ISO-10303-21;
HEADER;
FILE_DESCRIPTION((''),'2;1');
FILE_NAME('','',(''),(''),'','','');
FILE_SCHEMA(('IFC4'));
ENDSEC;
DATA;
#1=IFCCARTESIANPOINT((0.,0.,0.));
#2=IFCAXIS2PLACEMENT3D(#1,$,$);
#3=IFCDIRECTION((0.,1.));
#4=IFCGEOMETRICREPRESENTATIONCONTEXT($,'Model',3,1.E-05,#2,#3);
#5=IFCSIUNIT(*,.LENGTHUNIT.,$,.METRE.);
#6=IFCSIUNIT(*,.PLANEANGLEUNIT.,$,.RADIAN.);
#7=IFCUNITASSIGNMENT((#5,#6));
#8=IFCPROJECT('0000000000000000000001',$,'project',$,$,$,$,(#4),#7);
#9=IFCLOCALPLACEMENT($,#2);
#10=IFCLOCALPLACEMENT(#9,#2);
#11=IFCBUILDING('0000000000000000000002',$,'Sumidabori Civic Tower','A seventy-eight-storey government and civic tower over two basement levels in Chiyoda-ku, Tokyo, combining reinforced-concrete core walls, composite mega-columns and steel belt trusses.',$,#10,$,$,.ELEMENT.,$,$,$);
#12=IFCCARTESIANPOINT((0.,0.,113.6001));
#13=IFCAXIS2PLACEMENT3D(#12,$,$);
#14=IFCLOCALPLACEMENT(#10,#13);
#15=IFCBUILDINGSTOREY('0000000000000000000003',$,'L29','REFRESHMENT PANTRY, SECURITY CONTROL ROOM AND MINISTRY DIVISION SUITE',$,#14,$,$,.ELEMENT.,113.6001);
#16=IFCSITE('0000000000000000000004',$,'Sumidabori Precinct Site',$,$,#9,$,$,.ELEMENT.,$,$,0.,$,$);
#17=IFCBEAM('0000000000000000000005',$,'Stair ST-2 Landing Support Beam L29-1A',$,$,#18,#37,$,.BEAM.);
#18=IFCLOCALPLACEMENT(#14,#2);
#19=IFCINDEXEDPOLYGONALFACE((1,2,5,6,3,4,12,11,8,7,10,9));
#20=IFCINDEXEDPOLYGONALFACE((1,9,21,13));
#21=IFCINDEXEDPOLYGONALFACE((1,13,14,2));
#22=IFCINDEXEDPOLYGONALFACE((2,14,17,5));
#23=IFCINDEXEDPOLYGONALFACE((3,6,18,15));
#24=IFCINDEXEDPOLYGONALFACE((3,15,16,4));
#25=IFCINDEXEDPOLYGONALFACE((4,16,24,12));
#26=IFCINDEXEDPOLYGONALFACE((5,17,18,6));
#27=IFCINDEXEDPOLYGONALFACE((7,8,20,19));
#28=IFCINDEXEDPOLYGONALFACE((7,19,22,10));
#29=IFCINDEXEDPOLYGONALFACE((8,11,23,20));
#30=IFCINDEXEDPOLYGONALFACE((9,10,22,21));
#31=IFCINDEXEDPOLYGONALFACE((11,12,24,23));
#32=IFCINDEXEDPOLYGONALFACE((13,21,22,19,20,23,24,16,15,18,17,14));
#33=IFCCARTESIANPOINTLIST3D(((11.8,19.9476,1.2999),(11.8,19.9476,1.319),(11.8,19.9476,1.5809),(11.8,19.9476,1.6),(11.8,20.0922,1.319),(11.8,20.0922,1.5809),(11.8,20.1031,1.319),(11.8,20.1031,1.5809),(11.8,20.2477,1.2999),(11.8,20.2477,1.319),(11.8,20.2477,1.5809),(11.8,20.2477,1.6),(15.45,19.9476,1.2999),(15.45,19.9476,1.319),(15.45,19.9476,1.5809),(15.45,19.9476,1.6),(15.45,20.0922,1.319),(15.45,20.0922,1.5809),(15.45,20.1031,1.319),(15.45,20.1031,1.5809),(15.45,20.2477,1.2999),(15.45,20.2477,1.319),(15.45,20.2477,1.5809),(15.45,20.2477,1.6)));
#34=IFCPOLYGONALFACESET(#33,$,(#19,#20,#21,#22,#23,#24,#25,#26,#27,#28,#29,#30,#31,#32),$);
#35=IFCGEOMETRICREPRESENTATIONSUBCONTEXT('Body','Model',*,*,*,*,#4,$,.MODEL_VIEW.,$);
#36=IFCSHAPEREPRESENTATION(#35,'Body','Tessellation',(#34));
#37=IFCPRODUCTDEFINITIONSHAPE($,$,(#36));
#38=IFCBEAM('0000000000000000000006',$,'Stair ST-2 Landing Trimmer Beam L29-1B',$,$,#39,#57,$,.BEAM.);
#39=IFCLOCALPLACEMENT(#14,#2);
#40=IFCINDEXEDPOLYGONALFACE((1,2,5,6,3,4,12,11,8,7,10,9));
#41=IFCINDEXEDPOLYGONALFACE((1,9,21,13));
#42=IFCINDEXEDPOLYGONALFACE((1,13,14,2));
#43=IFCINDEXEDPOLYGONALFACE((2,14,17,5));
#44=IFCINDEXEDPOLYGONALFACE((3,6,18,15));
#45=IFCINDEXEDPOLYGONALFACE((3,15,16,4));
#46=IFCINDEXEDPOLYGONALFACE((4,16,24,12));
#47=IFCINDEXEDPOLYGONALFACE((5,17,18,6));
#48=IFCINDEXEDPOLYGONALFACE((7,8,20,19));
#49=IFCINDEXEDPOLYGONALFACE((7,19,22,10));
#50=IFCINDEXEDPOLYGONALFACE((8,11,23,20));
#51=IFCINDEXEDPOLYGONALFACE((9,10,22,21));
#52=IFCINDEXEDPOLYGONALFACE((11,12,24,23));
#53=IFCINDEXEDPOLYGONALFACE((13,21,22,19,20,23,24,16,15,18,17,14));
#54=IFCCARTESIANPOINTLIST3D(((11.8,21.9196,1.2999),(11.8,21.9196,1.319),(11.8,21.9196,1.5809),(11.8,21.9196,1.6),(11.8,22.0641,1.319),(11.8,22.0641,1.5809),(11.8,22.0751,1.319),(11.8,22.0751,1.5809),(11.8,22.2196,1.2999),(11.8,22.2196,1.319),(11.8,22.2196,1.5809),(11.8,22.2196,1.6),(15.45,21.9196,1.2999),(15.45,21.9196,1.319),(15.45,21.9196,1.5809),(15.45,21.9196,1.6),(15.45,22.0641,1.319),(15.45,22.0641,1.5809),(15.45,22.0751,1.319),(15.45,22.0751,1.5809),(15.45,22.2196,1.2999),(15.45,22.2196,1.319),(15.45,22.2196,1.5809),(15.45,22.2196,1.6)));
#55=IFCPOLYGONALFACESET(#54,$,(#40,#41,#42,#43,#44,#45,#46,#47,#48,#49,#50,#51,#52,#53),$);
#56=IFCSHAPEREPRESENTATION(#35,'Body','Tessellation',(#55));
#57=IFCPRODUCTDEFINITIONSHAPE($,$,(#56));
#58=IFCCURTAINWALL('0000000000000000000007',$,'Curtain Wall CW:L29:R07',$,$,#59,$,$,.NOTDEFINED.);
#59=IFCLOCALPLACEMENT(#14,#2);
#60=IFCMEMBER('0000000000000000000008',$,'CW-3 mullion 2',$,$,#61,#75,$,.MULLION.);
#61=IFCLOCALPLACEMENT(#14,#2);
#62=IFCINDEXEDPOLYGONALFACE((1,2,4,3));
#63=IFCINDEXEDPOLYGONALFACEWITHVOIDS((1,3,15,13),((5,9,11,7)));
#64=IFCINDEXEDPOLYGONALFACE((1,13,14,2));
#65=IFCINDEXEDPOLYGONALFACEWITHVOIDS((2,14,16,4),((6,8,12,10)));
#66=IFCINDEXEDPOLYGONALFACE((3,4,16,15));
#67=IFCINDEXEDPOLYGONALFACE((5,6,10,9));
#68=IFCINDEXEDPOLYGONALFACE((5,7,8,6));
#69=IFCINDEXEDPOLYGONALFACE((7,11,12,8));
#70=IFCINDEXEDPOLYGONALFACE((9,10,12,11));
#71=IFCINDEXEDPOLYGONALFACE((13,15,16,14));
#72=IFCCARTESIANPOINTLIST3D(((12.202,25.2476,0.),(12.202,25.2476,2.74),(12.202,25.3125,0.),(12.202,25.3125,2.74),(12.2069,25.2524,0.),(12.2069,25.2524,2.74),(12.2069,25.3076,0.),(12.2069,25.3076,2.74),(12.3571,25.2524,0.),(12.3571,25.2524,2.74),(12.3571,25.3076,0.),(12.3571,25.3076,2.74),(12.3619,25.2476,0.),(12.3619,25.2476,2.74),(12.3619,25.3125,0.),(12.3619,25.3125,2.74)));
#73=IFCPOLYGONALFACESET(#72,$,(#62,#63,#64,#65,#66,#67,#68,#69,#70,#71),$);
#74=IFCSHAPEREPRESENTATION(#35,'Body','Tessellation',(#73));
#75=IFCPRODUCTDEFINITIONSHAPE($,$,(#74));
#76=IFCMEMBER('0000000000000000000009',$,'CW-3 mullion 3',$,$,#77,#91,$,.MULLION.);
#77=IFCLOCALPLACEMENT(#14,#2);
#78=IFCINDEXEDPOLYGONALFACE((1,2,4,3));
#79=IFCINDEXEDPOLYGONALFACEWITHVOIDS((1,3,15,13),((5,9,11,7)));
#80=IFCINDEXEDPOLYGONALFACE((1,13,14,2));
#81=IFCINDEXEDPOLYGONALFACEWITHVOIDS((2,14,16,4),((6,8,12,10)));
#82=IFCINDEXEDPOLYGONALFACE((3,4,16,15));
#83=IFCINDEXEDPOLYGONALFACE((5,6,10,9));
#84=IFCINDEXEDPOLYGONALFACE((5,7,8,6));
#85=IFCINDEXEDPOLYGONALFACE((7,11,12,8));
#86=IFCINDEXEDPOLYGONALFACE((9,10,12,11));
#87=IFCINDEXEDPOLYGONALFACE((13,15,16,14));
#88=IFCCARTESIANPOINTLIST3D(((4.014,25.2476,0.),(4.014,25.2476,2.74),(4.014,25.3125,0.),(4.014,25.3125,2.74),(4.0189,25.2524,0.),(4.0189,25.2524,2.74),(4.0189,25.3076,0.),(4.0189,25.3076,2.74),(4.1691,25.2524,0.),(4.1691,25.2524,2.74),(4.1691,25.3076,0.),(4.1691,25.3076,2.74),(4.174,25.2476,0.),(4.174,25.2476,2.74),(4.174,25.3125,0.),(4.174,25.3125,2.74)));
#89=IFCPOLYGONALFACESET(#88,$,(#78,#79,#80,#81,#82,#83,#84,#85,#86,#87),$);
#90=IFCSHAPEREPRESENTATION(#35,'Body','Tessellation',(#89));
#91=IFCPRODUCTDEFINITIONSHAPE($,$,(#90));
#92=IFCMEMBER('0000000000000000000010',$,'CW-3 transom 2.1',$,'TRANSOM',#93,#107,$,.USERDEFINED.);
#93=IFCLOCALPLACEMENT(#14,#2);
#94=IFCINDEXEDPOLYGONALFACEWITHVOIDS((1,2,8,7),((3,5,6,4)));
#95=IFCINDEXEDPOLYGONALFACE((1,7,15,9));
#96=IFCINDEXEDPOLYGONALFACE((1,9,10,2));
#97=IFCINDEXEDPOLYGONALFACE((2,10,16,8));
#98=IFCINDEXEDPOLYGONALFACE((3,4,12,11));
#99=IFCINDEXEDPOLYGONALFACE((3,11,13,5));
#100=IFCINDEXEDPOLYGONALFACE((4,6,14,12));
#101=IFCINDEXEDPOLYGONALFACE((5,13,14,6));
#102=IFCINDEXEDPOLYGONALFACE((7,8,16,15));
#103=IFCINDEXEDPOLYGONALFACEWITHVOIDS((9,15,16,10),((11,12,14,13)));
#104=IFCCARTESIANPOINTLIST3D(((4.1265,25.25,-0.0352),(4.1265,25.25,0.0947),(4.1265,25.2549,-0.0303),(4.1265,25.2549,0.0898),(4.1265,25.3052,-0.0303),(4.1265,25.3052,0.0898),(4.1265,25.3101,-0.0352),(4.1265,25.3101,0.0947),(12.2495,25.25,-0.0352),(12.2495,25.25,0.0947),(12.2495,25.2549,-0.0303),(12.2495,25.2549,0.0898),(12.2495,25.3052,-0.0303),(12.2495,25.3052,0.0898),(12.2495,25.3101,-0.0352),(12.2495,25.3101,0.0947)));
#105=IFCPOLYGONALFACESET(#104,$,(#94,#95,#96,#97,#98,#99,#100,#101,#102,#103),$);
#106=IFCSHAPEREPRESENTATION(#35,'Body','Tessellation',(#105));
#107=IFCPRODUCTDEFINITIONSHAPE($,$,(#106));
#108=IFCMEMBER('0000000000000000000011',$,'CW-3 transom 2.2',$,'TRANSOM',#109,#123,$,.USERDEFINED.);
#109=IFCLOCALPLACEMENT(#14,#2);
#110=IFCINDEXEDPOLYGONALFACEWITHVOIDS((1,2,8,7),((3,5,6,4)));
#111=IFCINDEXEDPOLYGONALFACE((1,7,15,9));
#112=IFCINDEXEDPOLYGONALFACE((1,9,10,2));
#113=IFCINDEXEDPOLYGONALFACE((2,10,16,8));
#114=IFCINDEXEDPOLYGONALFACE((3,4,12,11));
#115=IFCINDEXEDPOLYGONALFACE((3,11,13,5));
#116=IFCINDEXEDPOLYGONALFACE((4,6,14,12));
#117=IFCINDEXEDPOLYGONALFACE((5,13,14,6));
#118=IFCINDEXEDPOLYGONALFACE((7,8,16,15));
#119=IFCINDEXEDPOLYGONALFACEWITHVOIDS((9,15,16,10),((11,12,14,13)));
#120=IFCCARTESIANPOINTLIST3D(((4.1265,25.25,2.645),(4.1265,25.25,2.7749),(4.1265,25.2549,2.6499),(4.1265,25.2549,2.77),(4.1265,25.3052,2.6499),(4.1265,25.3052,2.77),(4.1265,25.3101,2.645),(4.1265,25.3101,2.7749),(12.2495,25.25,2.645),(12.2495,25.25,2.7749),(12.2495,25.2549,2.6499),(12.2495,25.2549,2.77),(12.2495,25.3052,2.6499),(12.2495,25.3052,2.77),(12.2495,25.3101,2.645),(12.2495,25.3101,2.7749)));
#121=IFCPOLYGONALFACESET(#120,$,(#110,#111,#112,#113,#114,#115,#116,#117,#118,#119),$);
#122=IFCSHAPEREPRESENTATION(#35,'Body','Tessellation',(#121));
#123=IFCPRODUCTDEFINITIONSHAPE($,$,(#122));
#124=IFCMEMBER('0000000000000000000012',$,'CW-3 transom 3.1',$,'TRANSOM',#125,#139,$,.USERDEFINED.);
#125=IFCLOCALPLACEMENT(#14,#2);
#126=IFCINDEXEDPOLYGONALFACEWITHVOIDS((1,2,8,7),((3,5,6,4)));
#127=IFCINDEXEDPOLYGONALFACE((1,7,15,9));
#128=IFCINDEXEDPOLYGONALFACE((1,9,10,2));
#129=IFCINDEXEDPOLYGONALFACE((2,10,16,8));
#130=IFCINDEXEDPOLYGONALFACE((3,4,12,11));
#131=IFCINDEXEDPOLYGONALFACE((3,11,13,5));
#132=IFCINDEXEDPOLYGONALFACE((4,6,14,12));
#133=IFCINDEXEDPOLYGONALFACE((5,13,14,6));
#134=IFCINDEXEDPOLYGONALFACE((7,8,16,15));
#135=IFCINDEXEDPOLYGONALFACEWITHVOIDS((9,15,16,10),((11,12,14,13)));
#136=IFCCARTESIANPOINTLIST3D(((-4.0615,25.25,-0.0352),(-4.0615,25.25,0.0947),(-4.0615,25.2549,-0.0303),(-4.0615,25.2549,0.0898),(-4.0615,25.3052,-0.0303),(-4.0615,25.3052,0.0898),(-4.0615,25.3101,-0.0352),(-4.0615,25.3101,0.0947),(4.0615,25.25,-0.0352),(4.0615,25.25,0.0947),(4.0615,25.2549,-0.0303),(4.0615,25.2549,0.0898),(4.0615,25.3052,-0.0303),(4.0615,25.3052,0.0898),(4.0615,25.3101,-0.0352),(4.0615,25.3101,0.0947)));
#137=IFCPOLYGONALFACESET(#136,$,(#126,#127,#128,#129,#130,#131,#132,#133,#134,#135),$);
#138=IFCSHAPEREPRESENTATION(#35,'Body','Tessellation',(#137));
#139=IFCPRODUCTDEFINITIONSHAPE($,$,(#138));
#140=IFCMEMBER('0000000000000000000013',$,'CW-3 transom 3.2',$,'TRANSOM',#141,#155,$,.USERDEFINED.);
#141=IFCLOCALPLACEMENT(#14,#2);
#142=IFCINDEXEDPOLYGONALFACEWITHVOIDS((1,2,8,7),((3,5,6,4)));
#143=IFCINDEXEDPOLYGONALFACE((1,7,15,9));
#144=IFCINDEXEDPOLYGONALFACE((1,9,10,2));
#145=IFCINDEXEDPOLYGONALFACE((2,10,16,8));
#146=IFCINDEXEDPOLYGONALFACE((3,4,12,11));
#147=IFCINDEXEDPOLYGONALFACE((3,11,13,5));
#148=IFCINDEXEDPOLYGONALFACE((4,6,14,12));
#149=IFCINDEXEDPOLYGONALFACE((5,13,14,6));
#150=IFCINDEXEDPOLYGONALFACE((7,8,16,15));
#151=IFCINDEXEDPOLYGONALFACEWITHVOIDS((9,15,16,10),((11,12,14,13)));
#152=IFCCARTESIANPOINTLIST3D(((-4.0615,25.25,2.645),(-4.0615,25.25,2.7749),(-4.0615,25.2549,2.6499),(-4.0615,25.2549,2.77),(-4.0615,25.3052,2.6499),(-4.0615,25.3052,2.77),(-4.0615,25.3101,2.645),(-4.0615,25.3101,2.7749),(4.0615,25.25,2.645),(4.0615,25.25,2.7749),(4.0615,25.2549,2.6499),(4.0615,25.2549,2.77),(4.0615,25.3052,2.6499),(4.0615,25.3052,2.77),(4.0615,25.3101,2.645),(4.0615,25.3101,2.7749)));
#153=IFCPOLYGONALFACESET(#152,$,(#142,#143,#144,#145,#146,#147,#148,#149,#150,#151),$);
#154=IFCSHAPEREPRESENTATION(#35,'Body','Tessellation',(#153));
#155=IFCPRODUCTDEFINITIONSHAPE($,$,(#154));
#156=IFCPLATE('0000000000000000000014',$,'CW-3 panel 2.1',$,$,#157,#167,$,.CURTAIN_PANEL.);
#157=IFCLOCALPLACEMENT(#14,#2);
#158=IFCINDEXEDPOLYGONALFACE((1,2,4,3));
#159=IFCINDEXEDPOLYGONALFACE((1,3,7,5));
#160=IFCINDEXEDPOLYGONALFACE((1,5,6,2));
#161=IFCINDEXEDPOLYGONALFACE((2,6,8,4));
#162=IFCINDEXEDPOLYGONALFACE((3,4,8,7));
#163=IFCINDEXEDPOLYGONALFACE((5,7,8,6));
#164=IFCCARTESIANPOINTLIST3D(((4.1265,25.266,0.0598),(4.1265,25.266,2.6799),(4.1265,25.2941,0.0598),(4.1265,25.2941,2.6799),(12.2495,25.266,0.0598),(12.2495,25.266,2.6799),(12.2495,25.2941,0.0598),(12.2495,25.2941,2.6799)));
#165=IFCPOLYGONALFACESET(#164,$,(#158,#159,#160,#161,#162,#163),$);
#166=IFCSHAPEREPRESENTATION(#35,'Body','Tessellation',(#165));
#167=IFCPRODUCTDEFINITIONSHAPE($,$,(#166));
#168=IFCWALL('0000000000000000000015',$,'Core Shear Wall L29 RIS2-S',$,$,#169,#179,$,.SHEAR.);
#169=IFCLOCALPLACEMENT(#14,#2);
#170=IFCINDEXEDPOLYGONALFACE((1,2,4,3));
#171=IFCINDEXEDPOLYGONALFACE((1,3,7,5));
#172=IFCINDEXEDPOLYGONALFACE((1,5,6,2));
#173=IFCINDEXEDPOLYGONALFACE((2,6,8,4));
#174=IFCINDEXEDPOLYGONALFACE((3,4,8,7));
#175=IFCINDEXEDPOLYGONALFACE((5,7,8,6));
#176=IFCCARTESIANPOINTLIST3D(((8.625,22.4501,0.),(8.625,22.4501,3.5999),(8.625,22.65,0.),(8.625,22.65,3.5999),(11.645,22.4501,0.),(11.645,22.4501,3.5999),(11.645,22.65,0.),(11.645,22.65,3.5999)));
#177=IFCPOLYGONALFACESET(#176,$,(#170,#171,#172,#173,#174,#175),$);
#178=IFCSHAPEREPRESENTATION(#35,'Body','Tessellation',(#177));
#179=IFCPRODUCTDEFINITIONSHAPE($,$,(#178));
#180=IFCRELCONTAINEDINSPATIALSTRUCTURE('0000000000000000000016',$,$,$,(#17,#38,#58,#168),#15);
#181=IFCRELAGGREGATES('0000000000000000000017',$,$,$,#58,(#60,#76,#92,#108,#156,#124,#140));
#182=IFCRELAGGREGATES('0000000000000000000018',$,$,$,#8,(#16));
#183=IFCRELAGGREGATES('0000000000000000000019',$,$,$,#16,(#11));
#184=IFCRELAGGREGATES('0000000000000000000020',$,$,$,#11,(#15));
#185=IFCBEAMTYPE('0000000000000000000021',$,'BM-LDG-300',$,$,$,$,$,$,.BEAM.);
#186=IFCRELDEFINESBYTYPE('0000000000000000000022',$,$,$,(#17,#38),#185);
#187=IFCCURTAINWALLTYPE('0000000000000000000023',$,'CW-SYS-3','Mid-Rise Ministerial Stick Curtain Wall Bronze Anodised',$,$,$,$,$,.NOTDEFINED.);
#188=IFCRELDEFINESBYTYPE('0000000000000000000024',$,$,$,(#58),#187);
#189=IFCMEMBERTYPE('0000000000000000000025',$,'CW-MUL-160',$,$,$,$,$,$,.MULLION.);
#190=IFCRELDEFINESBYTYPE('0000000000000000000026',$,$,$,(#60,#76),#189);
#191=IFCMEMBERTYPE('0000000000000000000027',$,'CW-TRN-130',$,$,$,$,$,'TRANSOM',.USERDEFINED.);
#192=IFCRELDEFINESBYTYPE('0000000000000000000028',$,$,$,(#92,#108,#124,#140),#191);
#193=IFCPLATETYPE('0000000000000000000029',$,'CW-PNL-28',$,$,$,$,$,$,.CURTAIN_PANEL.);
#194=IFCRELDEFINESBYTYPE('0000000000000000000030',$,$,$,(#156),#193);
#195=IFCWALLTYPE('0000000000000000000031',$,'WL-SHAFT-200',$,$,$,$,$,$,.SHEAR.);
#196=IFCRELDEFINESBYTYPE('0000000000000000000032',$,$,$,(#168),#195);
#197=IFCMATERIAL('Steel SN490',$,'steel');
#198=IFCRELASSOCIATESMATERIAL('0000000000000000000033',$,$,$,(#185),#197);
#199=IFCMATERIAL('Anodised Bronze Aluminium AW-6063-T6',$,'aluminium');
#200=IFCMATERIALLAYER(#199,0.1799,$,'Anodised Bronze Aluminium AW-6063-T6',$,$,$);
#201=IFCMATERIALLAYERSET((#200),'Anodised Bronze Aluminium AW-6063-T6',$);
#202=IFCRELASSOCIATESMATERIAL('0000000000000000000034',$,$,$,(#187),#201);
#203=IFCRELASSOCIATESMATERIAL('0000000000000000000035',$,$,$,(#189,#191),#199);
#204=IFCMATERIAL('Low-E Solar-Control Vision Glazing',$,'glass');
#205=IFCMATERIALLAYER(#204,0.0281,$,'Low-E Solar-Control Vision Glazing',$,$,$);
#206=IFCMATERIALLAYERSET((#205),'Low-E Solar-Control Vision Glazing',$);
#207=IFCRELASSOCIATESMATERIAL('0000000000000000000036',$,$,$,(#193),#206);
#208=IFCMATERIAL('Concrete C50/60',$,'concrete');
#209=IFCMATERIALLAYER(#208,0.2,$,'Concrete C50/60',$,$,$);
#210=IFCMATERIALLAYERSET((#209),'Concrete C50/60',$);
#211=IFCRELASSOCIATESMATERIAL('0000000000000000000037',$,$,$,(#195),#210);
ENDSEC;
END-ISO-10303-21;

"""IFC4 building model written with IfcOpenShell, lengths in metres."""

from ifc_helpers import new_model, si_unit, direction, frame, frame_2d, origin, origin_2d, place, context, subcontext, project, spatial, rectangle, hollow_rectangle, i_section, extrude, source, transform, mapped, material, layer, layer_set, material_profile, profile_set, type_object, element, aggregate, save


model = new_model("IFC4")

# Units and contexts
model_context = context("Model", 3, precision=1e-05, world=origin(), true_north=direction((0.0, 1.0)))
body_context = subcontext(model_context, "Body", "Model", "MODEL_VIEW")
ifc_project = project(units=[si_unit("LENGTHUNIT", "METRE"), si_unit("PLANEANGLEUNIT", "RADIAN")], contexts=[model_context])

# Site, building, storey
site_placement = place(None, origin())
site = spatial("IfcSite", under=ifc_project, at=site_placement, Name="Sumidabori Precinct Site", CompositionType="ELEMENT", RefElevation=0.0)
building_placement = place(site_placement, origin())
building = spatial("IfcBuilding", under=site, at=building_placement, Name="Sumidabori Civic Tower", Description="A seventy-eight-storey government and civic tower over two basement levels in Chiyoda-ku, Tokyo, combining reinforced-concrete core walls, composite mega-columns and steel belt trusses.", CompositionType="ELEMENT")
storey_placement = place(building_placement, frame((0.0, 0.0, 113.6001)))
storey = spatial("IfcBuildingStorey", under=building, at=storey_placement, Name="L29", Description="REFRESHMENT PANTRY, SECURITY CONTROL ROOM AND MINISTRY DIVISION SUITE", CompositionType="ELEMENT", Elevation=113.6001)

# Beams
ifc_material_1 = material(Name="Steel SN490", Category="steel")
ifc_material_profile_1 = material_profile(ifc_material_1, i_section(OverallWidth=0.3, OverallDepth=0.3, WebThickness=0.011, FlangeThickness=0.019, at=origin_2d()), Name="HE 300 B")
ifc_profile_set_1 = profile_set([ifc_material_profile_1], Name="Steel SN490")
beam_type = type_object("IfcBeamType", Name="BM-LDG-300", PredefinedType="BEAM", material=ifc_profile_set_1)
shared_shape_1 = source(origin(), body_context, "Body", "SweptSolid", [
    extrude(i_section(OverallWidth=0.3, OverallDepth=0.3, WebThickness=0.011, FlangeThickness=0.019, at=origin_2d()), origin(), (0.0, 0.0, 1.0), 3.6499),
])
for number, where, z_axis, x_axis, name in (
    (1, (11.8, 20.0977, 1.45), (1.0, 0.0, 0.0), (0.0, 1.0, 0.0), "Stair ST-2 Landing Support Beam L29-1A"),
    (2, (11.8, 22.0696, 1.45), (1.0, 0.0, 0.0), (0.0, 1.0, 0.0), "Stair ST-2 Landing Trimmer Beam L29-1B"),
):
    element("IfcBeam", number, at=place(storey_placement, frame(where, z_axis=z_axis, x_axis=x_axis)), inside=storey, type_object=beam_type, Name=name, PredefinedType="BEAM", context=body_context, shape_type="MappedRepresentation", body=[
        mapped(shared_shape_1, transform((0.0, 0.0, 0.0), x_axis=(1.0, 0.0, 0.0), y_axis=(0.0, 1.0, 0.0), z_axis=(0.0, 0.0, 1.0), scale=1.0)),
    ])

# Curtain wall, members, plate
ifc_material_2 = material(Name="Anodised Bronze Aluminium AW-6063-T6", Category="aluminium")
ifc_layer_1 = layer(ifc_material_2, 0.1799, Name="Anodised Bronze Aluminium AW-6063-T6")
ifc_layer_set_1 = layer_set([ifc_layer_1], Name="Anodised Bronze Aluminium AW-6063-T6")
curtain_wall_type = type_object("IfcCurtainWallType", Name="CW-SYS-3", Description="Mid-Rise Ministerial Stick Curtain Wall Bronze Anodised", PredefinedType="NOTDEFINED", material=ifc_layer_set_1)
curtain_wall_placement = place(storey_placement, origin())
curtain_wall = element("IfcCurtainWall", 3, at=curtain_wall_placement, inside=storey, type_object=curtain_wall_type, Name="Curtain Wall CW:L29:R07", PredefinedType="NOTDEFINED")
ifc_material_profile_2 = material_profile(ifc_material_2, hollow_rectangle(XDim=0.0649, YDim=0.1599, WallThickness=0.0049, at=origin_2d()), Name="ALU MULLION 160x65")
ifc_profile_set_2 = profile_set([ifc_material_profile_2], Name="Anodised Bronze Aluminium AW-6063-T6")
member_type_1 = type_object("IfcMemberType", Name="CW-MUL-160", PredefinedType="MULLION", material=ifc_profile_set_2)
shared_shape_2 = source(origin(), body_context, "Body", "SweptSolid", [
    extrude(hollow_rectangle(XDim=0.0649, YDim=0.1599, WallThickness=0.0049, at=origin_2d()), origin(), (0.0, 0.0, 1.0), 2.74),
])
member_1_placement = place(storey_placement, frame((12.282, 25.28, 0.0), z_axis=(0.0, 0.0, 1.0), x_axis=(0.0, -1.0, 0.0)))
member_1 = element("IfcMember", 4, at=member_1_placement, type_object=member_type_1, Name="CW-3 mullion 2", PredefinedType="MULLION", context=body_context, shape_type="MappedRepresentation", body=[
    mapped(shared_shape_2, transform((0.0, 0.0, 0.0), x_axis=(1.0, 0.0, 0.0), y_axis=(0.0, 1.0, 0.0), z_axis=(0.0, 0.0, 1.0), scale=1.0)),
])
member_2_placement = place(storey_placement, frame((4.094, 25.28, 0.0), z_axis=(0.0, 0.0, 1.0), x_axis=(0.0, -1.0, 0.0)))
member_2 = element("IfcMember", 5, at=member_2_placement, type_object=member_type_1, Name="CW-3 mullion 3", PredefinedType="MULLION", context=body_context, shape_type="MappedRepresentation", body=[
    mapped(shared_shape_2, transform((0.0, 0.0, 0.0), x_axis=(1.0, 0.0, 0.0), y_axis=(0.0, 1.0, 0.0), z_axis=(0.0, 0.0, 1.0), scale=1.0)),
])
ifc_material_profile_3 = material_profile(ifc_material_2, hollow_rectangle(XDim=0.0601, YDim=0.1299, WallThickness=0.0049, at=origin_2d()), Name="ALU TRANSOM 130x60")
ifc_profile_set_3 = profile_set([ifc_material_profile_3], Name="Anodised Bronze Aluminium AW-6063-T6")
member_type_2 = type_object("IfcMemberType", Name="CW-TRN-130", ElementType="TRANSOM", PredefinedType="USERDEFINED", material=ifc_profile_set_3)
shared_shape_3 = source(origin(), body_context, "Body", "SweptSolid", [
    extrude(hollow_rectangle(XDim=0.0601, YDim=0.1299, WallThickness=0.0049, at=origin_2d()), origin(), (0.0, 0.0, 1.0), 8.123),
])
member_3_placement = place(storey_placement, frame((12.2495, 25.28, 0.0298), z_axis=(-1.0, 0.0, 0.0), x_axis=(0.0, -1.0, 0.0)))
member_3 = element("IfcMember", 6, at=member_3_placement, type_object=member_type_2, Name="CW-3 transom 2.1", ObjectType="TRANSOM", PredefinedType="USERDEFINED", context=body_context, shape_type="MappedRepresentation", body=[
    mapped(shared_shape_3, transform((0.0, 0.0, 0.0), x_axis=(1.0, 0.0, 0.0), y_axis=(0.0, 1.0, 0.0), z_axis=(0.0, 0.0, 1.0), scale=1.0)),
])
member_4_placement = place(storey_placement, frame((12.2495, 25.28, 2.71), z_axis=(-1.0, 0.0, 0.0), x_axis=(0.0, -1.0, 0.0)))
member_4 = element("IfcMember", 7, at=member_4_placement, type_object=member_type_2, Name="CW-3 transom 2.2", ObjectType="TRANSOM", PredefinedType="USERDEFINED", context=body_context, shape_type="MappedRepresentation", body=[
    mapped(shared_shape_3, transform((0.0, 0.0, 0.0), x_axis=(1.0, 0.0, 0.0), y_axis=(0.0, 1.0, 0.0), z_axis=(0.0, 0.0, 1.0), scale=1.0)),
])
member_5_placement = place(storey_placement, frame((4.0615, 25.28, 0.0298), z_axis=(-1.0, 0.0, 0.0), x_axis=(0.0, -1.0, 0.0)))
member_5 = element("IfcMember", 8, at=member_5_placement, type_object=member_type_2, Name="CW-3 transom 3.1", ObjectType="TRANSOM", PredefinedType="USERDEFINED", context=body_context, shape_type="MappedRepresentation", body=[
    mapped(shared_shape_3, transform((0.0, 0.0, 0.0), x_axis=(1.0, 0.0, 0.0), y_axis=(0.0, 1.0, 0.0), z_axis=(0.0, 0.0, 1.0), scale=1.0)),
])
member_6_placement = place(storey_placement, frame((4.0615, 25.28, 2.71), z_axis=(-1.0, 0.0, 0.0), x_axis=(0.0, -1.0, 0.0)))
member_6 = element("IfcMember", 9, at=member_6_placement, type_object=member_type_2, Name="CW-3 transom 3.2", ObjectType="TRANSOM", PredefinedType="USERDEFINED", context=body_context, shape_type="MappedRepresentation", body=[
    mapped(shared_shape_3, transform((0.0, 0.0, 0.0), x_axis=(1.0, 0.0, 0.0), y_axis=(0.0, 1.0, 0.0), z_axis=(0.0, 0.0, 1.0), scale=1.0)),
])
ifc_material_3 = material(Name="Low-E Solar-Control Vision Glazing", Category="glass")
ifc_layer_2 = layer(ifc_material_3, 0.0281, Name="Low-E Solar-Control Vision Glazing")
ifc_layer_set_2 = layer_set([ifc_layer_2], Name="Low-E Solar-Control Vision Glazing")
plate_type = type_object("IfcPlateType", Name="CW-PNL-28", PredefinedType="CURTAIN_PANEL", material=ifc_layer_set_2)
shared_shape_4 = source(origin(), body_context, "Body", "SweptSolid", [
    extrude(rectangle(XDim=8.123, YDim=0.0281, at=origin_2d()), origin(), (0.0, 0.0, 1.0), 2.6201),
])
plate_placement = place(storey_placement, frame((8.188, 25.28, 0.0598), z_axis=(0.0, 0.0, 1.0), x_axis=(-1.0, 0.0, 0.0)))
plate = element("IfcPlate", 10, at=plate_placement, type_object=plate_type, Name="CW-3 panel 2.1", PredefinedType="CURTAIN_PANEL", context=body_context, shape_type="MappedRepresentation", body=[
    mapped(shared_shape_4, transform((0.0, 0.0, 0.0), x_axis=(1.0, 0.0, 0.0), y_axis=(0.0, 1.0, 0.0), z_axis=(0.0, 0.0, 1.0), scale=1.0)),
])
aggregate(curtain_wall, [member_1, member_2, member_3, member_4, plate, member_5, member_6])

# Wall
ifc_material_4 = material(Name="Concrete C50/60", Category="concrete")
ifc_layer_3 = layer(ifc_material_4, 0.2, Name="Concrete C50/60")
ifc_layer_set_3 = layer_set([ifc_layer_3], Name="Concrete C50/60")
wall_type_1 = type_object("IfcWallType", Name="WL-SHAFT-200", PredefinedType="SHEAR", material=ifc_layer_set_3)
shared_shape_5 = source(origin(), body_context, "Body", "SweptSolid", [
    extrude(rectangle(XDim=3.02, YDim=0.2, at=frame_2d((1.51, 0.0))), origin(), (0.0, 0.0, 1.0), 3.5999),
])
wall_1_placement = place(storey_placement, frame((8.625, 22.55, 0.0), z_axis=(0.0, 0.0, 1.0), x_axis=(1.0, 0.0, 0.0)))
element("IfcWall", 11, at=wall_1_placement, inside=storey, type_object=wall_type_1, Name="Core Shear Wall L29 RIS2-S", PredefinedType="SHEAR", context=body_context, shape_type="MappedRepresentation", body=[
    mapped(shared_shape_5, transform((0.0, 0.0, 0.0), x_axis=(1.0, 0.0, 0.0), y_axis=(0.0, 1.0, 0.0), z_axis=(0.0, 0.0, 1.0), scale=1.0)),
])

save(model, "model.ifc")
